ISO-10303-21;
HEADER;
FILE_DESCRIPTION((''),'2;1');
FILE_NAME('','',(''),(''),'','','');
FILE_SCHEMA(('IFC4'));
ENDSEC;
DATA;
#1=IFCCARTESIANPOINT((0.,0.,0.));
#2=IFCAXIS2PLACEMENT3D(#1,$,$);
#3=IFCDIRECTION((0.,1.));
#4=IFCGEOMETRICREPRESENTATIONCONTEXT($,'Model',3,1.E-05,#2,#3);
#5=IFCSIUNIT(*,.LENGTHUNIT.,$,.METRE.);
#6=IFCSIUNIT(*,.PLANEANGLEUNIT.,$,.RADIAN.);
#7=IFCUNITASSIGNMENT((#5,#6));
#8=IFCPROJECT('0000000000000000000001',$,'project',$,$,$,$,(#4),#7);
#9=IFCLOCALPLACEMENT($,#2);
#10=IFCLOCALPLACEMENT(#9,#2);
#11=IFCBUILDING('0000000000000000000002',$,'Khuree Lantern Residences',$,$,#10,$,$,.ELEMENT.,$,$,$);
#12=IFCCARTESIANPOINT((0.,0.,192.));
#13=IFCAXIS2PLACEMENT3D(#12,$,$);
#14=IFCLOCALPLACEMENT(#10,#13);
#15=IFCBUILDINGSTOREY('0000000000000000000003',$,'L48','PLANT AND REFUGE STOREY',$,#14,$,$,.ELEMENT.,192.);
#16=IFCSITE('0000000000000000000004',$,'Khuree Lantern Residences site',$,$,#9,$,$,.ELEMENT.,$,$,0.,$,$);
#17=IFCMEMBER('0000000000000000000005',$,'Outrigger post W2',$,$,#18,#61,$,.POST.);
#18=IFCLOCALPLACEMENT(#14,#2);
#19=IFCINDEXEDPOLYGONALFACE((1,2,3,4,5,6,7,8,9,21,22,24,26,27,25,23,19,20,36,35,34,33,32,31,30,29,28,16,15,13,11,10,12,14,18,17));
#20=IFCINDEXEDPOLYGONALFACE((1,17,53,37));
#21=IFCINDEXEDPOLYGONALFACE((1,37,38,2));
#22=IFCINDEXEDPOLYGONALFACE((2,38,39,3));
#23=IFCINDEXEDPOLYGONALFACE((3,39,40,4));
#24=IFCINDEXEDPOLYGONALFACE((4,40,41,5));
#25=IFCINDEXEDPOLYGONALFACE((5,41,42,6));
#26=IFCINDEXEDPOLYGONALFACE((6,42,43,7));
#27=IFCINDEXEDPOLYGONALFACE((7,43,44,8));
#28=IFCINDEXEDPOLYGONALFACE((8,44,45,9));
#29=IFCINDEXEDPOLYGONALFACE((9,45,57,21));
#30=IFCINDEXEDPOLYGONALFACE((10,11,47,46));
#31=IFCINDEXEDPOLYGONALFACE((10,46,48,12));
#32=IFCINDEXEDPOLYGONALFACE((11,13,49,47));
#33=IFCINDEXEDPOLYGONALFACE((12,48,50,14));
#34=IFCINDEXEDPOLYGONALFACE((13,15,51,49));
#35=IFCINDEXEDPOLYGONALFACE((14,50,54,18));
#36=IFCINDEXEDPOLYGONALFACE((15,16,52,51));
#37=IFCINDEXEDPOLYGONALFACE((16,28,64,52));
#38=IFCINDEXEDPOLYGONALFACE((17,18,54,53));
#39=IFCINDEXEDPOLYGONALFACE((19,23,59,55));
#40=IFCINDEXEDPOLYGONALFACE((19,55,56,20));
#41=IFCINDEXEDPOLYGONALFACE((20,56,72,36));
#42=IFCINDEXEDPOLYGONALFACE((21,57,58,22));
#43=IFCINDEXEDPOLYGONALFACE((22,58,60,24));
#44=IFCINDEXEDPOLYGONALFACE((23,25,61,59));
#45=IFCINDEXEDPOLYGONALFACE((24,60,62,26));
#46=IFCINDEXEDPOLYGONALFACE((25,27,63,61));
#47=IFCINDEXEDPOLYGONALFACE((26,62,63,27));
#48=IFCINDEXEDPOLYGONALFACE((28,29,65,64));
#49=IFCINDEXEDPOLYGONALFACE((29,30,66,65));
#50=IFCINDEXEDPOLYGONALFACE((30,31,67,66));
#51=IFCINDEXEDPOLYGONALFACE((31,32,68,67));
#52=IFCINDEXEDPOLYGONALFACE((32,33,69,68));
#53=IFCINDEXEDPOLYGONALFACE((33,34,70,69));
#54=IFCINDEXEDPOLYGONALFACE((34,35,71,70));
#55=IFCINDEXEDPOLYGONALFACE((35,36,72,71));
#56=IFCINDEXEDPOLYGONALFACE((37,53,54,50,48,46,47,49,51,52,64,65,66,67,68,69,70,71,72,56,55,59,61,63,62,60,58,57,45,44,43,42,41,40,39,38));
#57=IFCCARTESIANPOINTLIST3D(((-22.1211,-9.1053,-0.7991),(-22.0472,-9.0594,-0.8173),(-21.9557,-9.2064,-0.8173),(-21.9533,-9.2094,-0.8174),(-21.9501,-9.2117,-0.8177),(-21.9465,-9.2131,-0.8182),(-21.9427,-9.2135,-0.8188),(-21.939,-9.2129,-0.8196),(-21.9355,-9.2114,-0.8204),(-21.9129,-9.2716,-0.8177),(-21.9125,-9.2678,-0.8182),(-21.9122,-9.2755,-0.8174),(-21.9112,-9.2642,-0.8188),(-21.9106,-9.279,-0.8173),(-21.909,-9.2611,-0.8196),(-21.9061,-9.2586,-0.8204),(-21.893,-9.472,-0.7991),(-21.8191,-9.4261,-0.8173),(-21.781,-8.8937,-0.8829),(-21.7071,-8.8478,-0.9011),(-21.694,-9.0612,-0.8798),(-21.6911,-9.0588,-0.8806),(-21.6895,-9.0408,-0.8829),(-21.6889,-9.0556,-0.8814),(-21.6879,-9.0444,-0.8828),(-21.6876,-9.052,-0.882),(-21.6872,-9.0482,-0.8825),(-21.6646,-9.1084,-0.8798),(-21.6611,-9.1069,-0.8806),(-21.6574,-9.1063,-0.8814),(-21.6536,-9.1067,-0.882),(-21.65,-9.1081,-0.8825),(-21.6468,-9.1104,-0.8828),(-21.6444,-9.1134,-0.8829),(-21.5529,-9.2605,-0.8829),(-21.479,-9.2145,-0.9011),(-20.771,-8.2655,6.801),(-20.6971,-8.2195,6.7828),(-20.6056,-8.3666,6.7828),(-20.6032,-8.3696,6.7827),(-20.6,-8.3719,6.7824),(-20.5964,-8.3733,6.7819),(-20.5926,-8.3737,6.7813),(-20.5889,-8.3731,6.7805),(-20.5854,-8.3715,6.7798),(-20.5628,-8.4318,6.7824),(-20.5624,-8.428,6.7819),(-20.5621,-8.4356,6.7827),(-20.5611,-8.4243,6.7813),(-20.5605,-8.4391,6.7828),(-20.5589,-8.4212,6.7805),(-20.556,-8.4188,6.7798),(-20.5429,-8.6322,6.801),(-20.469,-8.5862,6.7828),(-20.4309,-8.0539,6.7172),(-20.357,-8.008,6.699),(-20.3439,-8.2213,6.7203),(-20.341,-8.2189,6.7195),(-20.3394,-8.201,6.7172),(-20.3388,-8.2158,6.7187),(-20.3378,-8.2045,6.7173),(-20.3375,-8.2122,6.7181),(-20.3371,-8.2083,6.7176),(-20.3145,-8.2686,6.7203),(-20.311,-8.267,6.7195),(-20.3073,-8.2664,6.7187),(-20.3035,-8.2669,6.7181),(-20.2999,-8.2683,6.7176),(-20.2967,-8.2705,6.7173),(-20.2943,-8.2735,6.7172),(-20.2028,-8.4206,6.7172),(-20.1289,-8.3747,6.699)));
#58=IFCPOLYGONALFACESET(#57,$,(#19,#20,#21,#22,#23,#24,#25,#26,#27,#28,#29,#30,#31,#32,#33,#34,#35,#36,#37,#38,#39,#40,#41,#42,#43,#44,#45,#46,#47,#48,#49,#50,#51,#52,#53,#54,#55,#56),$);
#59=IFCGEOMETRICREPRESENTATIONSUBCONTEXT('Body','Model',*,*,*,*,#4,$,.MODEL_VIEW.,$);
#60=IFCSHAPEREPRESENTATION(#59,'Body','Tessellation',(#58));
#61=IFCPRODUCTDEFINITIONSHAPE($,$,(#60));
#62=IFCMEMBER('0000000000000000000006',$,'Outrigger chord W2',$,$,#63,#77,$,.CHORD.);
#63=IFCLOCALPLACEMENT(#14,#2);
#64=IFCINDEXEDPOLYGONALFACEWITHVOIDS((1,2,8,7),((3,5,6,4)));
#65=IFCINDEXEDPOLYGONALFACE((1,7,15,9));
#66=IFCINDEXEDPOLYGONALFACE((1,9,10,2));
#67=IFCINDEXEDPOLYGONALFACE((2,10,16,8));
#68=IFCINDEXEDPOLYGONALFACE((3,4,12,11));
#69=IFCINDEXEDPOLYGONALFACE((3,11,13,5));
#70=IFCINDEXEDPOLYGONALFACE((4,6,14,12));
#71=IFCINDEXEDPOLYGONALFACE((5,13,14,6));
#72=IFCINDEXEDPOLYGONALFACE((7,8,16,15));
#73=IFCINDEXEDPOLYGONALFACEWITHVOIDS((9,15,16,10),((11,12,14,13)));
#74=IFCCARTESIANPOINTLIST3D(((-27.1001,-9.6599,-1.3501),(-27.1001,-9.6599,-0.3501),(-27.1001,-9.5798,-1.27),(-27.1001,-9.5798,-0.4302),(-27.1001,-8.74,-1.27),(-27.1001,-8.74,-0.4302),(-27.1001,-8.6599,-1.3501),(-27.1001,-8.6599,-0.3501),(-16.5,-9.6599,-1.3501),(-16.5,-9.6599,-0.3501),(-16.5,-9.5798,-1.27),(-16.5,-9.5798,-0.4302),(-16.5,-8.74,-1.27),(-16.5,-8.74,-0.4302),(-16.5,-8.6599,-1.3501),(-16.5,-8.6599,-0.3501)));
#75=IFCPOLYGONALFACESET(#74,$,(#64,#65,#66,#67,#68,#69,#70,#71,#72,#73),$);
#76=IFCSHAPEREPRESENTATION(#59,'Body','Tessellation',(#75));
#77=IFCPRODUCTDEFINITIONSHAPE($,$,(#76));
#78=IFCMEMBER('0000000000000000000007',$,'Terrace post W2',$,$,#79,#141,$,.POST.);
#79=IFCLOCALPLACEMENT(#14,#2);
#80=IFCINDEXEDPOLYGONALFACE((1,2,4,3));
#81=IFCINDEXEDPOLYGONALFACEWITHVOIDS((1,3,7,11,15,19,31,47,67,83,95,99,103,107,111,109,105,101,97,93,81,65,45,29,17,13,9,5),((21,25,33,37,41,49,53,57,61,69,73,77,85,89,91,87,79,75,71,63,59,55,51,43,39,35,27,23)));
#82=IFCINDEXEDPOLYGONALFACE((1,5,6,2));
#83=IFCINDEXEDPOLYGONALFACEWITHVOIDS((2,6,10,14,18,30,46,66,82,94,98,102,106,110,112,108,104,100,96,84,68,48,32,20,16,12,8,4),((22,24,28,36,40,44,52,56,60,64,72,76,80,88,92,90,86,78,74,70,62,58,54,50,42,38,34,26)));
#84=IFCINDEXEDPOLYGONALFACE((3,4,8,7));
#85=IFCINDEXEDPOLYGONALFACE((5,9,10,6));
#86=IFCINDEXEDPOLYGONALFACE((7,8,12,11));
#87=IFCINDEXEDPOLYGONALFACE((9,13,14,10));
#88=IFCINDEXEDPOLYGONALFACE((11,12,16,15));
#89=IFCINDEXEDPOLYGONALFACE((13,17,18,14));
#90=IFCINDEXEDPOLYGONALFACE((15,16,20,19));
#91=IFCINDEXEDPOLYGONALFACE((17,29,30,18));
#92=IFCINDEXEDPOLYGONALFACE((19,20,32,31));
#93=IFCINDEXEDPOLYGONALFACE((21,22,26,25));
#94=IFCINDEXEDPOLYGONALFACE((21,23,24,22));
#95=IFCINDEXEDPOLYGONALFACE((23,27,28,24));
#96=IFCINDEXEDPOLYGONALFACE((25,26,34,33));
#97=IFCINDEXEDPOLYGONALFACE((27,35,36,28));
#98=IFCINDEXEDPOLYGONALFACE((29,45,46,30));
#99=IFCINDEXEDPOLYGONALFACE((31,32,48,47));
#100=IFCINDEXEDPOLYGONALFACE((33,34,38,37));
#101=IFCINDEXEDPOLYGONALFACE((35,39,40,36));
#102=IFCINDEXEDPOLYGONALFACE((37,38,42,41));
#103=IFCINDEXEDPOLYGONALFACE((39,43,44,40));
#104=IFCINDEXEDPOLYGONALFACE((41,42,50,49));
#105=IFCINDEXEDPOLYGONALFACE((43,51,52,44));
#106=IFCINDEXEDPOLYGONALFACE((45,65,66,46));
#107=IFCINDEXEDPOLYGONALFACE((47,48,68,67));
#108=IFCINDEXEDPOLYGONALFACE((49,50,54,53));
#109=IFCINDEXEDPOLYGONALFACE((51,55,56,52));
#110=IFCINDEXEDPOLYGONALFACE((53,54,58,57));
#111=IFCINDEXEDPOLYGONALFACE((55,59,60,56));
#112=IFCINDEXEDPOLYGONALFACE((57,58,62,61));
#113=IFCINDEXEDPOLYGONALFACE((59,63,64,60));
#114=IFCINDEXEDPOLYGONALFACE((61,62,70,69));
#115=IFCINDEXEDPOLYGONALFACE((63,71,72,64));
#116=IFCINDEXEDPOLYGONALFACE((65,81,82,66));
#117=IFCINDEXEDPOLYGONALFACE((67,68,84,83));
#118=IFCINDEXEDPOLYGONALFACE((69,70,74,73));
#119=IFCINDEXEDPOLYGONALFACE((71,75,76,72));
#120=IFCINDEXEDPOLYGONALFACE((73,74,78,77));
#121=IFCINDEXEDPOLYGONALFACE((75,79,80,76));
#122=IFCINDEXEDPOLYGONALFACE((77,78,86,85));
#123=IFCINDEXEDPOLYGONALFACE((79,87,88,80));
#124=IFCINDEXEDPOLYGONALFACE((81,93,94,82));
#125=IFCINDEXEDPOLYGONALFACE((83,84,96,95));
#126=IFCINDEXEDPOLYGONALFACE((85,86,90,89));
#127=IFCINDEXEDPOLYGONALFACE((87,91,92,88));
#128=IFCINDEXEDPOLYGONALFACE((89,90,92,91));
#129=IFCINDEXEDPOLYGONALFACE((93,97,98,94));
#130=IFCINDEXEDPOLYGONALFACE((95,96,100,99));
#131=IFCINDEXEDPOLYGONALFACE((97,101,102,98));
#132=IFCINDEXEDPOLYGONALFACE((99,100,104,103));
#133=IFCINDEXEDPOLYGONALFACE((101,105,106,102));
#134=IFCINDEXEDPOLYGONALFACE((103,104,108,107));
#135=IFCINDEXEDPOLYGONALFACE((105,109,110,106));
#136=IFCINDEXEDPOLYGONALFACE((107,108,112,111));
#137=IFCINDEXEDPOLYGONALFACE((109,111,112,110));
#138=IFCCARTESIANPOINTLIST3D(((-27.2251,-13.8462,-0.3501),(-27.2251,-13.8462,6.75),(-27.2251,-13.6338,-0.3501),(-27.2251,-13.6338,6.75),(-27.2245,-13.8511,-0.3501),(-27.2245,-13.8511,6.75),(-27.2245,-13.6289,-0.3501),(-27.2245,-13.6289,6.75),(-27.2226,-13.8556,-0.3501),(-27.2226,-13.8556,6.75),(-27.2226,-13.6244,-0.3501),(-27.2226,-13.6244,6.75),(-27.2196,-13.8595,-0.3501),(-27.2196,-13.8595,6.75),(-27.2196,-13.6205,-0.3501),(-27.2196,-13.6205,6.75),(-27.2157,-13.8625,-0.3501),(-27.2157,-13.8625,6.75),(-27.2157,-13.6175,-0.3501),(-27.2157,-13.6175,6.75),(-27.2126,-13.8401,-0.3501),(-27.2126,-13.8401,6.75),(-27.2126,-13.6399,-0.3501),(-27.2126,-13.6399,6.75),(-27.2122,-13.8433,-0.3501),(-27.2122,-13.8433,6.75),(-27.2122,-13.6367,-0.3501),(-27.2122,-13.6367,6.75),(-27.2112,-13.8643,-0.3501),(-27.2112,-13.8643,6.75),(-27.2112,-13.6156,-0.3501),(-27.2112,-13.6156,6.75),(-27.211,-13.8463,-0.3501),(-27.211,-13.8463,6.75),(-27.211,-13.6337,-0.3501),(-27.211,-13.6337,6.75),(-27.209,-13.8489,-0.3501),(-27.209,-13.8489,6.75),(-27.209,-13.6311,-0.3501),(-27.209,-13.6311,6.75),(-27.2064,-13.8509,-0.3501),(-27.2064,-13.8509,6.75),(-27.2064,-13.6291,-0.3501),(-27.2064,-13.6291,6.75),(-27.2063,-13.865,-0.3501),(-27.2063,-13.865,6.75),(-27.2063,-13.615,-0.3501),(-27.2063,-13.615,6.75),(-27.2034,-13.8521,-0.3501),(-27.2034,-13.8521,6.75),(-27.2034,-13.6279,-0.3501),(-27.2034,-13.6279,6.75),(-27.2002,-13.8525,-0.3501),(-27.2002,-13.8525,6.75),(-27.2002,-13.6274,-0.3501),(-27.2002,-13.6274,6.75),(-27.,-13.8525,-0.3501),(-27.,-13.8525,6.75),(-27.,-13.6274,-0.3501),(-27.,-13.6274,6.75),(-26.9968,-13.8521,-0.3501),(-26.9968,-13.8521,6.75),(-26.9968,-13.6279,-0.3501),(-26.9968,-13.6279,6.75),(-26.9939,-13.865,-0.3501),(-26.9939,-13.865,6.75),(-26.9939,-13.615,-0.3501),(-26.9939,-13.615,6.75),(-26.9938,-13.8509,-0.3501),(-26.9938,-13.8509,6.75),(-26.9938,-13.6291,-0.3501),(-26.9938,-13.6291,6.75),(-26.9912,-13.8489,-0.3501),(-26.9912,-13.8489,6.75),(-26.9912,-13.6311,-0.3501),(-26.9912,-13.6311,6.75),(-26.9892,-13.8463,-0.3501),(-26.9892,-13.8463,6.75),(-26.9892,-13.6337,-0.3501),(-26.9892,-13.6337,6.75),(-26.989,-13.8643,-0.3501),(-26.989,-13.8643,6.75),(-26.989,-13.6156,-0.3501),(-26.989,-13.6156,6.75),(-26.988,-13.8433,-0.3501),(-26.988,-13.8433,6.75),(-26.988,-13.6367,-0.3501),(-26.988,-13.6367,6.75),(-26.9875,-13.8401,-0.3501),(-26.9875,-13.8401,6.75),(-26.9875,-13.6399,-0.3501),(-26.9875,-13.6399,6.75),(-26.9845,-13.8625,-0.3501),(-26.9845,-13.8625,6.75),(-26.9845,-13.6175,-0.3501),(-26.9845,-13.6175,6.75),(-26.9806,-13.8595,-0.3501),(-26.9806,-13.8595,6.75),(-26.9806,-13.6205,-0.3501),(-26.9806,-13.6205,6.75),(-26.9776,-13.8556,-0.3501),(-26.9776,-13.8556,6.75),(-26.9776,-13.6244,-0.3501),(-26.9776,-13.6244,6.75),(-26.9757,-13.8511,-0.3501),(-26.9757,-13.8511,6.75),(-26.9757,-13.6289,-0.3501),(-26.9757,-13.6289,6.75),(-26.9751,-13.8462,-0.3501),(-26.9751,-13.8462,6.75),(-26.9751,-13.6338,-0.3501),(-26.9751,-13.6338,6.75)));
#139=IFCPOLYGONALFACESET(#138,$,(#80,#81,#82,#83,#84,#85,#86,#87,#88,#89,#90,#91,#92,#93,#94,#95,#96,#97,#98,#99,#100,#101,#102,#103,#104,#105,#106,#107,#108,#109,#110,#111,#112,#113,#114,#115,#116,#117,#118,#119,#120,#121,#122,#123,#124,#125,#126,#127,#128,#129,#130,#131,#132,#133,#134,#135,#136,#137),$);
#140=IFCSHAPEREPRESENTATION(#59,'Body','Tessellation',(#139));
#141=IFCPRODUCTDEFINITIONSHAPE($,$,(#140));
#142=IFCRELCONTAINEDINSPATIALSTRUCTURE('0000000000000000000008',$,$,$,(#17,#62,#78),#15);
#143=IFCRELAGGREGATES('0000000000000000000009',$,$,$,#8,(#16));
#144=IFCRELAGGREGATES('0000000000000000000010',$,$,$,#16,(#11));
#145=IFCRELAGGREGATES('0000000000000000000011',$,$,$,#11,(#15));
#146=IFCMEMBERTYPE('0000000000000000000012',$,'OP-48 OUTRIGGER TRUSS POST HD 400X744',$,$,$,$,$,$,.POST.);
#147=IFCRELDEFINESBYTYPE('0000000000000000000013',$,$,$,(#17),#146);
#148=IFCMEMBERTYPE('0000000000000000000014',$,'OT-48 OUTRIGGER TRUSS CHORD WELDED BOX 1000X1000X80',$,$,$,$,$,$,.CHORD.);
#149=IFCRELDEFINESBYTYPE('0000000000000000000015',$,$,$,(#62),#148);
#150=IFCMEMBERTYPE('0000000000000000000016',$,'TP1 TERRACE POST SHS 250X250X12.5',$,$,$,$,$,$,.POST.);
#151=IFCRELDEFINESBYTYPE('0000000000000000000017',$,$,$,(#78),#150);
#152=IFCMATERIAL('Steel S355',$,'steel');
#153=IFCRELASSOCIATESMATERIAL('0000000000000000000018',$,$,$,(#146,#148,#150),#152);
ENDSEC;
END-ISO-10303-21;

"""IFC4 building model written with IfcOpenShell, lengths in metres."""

from ifc_helpers import new_model, si_unit, direction, frame, origin, origin_2d, place, context, subcontext, project, spatial, hollow_rectangle, i_section, extrude, material, material_profile, profile_set, type_object, element, save


model = new_model("IFC4")

# Units and contexts
model_context = context("Model", 3, precision=1e-05, world=origin(), true_north=direction((0.0, 1.0)))
body_context = subcontext(model_context, "Body", "Model", "MODEL_VIEW")
ifc_project = project(units=[si_unit("LENGTHUNIT", "METRE"), si_unit("PLANEANGLEUNIT", "RADIAN")], contexts=[model_context])

# Site, building, storey
site_placement = place(None, origin())
site = spatial("IfcSite", under=ifc_project, at=site_placement, Name="Khuree Lantern Residences site", CompositionType="ELEMENT", RefElevation=0.0)
building_placement = place(site_placement, origin())
building = spatial("IfcBuilding", under=site, at=building_placement, Name="Khuree Lantern Residences", CompositionType="ELEMENT")
storey_placement = place(building_placement, frame((0.0, 0.0, 192.0)))
storey = spatial("IfcBuildingStorey", under=building, at=storey_placement, Name="L48", Description="PLANT AND REFUGE STOREY", CompositionType="ELEMENT", Elevation=192.0)

# Shared definitions
ifc_material_1 = material(Name="Steel S355", Category="steel")

# Members
ifc_material_profile_1 = material_profile(ifc_material_1, i_section(OverallWidth=0.4319, OverallDepth=0.498, WebThickness=0.0557, FlangeThickness=0.0889, FilletRadius=0.0149, at=origin_2d()), Name="HD 400X744")
ifc_profile_set_1 = profile_set([ifc_material_profile_1], Name="Steel S355")
member_type_1 = type_object("IfcMemberType", Name="OP-48 OUTRIGGER TRUSS POST HD 400X744", PredefinedType="POST", material=ifc_profile_set_1)
member_1_placement = place(storey_placement, frame((-21.8, -9.1599, -0.8501), z_axis=(0.173878, 0.108163, 0.978809), x_axis=(-0.528203, 0.849118, 0.0)))
element("IfcMember", 1, at=member_1_placement, inside=storey, type_object=member_type_1, Name="Outrigger post W2", PredefinedType="POST", context=body_context, shape_type="SweptSolid", body=[
    extrude(i_section(OverallWidth=0.4319, OverallDepth=0.498, WebThickness=0.0557, FlangeThickness=0.0889, FilletRadius=0.0149, at=origin_2d()), origin(), (0.0, 0.0, 1.0), 7.7646),
])
ifc_material_profile_2 = material_profile(ifc_material_1, hollow_rectangle(XDim=1.0, YDim=1.0, WallThickness=0.0801, at=origin_2d()), Name="WELDED BOX 1000X1000X80")
ifc_profile_set_2 = profile_set([ifc_material_profile_2], Name="Steel S355")
member_type_2 = type_object("IfcMemberType", Name="OT-48 OUTRIGGER TRUSS CHORD WELDED BOX 1000X1000X80", PredefinedType="CHORD", material=ifc_profile_set_2)
member_2_placement = place(storey_placement, frame((-27.1001, -9.1599, -0.8501), z_axis=(1.0, 0.0, 0.0), x_axis=(0.0, 1.0, 0.0)))
element("IfcMember", 2, at=member_2_placement, inside=storey, type_object=member_type_2, Name="Outrigger chord W2", PredefinedType="CHORD", context=body_context, shape_type="SweptSolid", body=[
    extrude(hollow_rectangle(XDim=1.0, YDim=1.0, WallThickness=0.0801, at=origin_2d()), origin(), (0.0, 0.0, 1.0), 10.6001),
])
ifc_material_profile_3 = material_profile(ifc_material_1, hollow_rectangle(XDim=0.25, YDim=0.25, WallThickness=0.0125, InnerFilletRadius=0.0125, OuterFilletRadius=0.0188, at=origin_2d()), Name="SHS 250X250X12.5")
ifc_profile_set_3 = profile_set([ifc_material_profile_3], Name="Steel S355")
member_type_3 = type_object("IfcMemberType", Name="TP1 TERRACE POST SHS 250X250X12.5", PredefinedType="POST", material=ifc_profile_set_3)
for number, where, z_axis, x_axis, name in (
    (3, (-27.1001, -13.74, -0.3501), (0.0, 0.0, 1.0), (1.0, 0.0, 0.0), "Terrace post W2"),
):
    element("IfcMember", number, at=place(storey_placement, frame(where, z_axis=z_axis, x_axis=x_axis)), inside=storey, type_object=member_type_3, Name=name, PredefinedType="POST", context=body_context, shape_type="SweptSolid", body=[
        extrude(hollow_rectangle(XDim=0.25, YDim=0.25, WallThickness=0.0125, InnerFilletRadius=0.0125, OuterFilletRadius=0.0188, at=origin_2d()), origin(), (0.0, 0.0, 1.0), 7.1001),
    ])

save(model, "model.ifc")
